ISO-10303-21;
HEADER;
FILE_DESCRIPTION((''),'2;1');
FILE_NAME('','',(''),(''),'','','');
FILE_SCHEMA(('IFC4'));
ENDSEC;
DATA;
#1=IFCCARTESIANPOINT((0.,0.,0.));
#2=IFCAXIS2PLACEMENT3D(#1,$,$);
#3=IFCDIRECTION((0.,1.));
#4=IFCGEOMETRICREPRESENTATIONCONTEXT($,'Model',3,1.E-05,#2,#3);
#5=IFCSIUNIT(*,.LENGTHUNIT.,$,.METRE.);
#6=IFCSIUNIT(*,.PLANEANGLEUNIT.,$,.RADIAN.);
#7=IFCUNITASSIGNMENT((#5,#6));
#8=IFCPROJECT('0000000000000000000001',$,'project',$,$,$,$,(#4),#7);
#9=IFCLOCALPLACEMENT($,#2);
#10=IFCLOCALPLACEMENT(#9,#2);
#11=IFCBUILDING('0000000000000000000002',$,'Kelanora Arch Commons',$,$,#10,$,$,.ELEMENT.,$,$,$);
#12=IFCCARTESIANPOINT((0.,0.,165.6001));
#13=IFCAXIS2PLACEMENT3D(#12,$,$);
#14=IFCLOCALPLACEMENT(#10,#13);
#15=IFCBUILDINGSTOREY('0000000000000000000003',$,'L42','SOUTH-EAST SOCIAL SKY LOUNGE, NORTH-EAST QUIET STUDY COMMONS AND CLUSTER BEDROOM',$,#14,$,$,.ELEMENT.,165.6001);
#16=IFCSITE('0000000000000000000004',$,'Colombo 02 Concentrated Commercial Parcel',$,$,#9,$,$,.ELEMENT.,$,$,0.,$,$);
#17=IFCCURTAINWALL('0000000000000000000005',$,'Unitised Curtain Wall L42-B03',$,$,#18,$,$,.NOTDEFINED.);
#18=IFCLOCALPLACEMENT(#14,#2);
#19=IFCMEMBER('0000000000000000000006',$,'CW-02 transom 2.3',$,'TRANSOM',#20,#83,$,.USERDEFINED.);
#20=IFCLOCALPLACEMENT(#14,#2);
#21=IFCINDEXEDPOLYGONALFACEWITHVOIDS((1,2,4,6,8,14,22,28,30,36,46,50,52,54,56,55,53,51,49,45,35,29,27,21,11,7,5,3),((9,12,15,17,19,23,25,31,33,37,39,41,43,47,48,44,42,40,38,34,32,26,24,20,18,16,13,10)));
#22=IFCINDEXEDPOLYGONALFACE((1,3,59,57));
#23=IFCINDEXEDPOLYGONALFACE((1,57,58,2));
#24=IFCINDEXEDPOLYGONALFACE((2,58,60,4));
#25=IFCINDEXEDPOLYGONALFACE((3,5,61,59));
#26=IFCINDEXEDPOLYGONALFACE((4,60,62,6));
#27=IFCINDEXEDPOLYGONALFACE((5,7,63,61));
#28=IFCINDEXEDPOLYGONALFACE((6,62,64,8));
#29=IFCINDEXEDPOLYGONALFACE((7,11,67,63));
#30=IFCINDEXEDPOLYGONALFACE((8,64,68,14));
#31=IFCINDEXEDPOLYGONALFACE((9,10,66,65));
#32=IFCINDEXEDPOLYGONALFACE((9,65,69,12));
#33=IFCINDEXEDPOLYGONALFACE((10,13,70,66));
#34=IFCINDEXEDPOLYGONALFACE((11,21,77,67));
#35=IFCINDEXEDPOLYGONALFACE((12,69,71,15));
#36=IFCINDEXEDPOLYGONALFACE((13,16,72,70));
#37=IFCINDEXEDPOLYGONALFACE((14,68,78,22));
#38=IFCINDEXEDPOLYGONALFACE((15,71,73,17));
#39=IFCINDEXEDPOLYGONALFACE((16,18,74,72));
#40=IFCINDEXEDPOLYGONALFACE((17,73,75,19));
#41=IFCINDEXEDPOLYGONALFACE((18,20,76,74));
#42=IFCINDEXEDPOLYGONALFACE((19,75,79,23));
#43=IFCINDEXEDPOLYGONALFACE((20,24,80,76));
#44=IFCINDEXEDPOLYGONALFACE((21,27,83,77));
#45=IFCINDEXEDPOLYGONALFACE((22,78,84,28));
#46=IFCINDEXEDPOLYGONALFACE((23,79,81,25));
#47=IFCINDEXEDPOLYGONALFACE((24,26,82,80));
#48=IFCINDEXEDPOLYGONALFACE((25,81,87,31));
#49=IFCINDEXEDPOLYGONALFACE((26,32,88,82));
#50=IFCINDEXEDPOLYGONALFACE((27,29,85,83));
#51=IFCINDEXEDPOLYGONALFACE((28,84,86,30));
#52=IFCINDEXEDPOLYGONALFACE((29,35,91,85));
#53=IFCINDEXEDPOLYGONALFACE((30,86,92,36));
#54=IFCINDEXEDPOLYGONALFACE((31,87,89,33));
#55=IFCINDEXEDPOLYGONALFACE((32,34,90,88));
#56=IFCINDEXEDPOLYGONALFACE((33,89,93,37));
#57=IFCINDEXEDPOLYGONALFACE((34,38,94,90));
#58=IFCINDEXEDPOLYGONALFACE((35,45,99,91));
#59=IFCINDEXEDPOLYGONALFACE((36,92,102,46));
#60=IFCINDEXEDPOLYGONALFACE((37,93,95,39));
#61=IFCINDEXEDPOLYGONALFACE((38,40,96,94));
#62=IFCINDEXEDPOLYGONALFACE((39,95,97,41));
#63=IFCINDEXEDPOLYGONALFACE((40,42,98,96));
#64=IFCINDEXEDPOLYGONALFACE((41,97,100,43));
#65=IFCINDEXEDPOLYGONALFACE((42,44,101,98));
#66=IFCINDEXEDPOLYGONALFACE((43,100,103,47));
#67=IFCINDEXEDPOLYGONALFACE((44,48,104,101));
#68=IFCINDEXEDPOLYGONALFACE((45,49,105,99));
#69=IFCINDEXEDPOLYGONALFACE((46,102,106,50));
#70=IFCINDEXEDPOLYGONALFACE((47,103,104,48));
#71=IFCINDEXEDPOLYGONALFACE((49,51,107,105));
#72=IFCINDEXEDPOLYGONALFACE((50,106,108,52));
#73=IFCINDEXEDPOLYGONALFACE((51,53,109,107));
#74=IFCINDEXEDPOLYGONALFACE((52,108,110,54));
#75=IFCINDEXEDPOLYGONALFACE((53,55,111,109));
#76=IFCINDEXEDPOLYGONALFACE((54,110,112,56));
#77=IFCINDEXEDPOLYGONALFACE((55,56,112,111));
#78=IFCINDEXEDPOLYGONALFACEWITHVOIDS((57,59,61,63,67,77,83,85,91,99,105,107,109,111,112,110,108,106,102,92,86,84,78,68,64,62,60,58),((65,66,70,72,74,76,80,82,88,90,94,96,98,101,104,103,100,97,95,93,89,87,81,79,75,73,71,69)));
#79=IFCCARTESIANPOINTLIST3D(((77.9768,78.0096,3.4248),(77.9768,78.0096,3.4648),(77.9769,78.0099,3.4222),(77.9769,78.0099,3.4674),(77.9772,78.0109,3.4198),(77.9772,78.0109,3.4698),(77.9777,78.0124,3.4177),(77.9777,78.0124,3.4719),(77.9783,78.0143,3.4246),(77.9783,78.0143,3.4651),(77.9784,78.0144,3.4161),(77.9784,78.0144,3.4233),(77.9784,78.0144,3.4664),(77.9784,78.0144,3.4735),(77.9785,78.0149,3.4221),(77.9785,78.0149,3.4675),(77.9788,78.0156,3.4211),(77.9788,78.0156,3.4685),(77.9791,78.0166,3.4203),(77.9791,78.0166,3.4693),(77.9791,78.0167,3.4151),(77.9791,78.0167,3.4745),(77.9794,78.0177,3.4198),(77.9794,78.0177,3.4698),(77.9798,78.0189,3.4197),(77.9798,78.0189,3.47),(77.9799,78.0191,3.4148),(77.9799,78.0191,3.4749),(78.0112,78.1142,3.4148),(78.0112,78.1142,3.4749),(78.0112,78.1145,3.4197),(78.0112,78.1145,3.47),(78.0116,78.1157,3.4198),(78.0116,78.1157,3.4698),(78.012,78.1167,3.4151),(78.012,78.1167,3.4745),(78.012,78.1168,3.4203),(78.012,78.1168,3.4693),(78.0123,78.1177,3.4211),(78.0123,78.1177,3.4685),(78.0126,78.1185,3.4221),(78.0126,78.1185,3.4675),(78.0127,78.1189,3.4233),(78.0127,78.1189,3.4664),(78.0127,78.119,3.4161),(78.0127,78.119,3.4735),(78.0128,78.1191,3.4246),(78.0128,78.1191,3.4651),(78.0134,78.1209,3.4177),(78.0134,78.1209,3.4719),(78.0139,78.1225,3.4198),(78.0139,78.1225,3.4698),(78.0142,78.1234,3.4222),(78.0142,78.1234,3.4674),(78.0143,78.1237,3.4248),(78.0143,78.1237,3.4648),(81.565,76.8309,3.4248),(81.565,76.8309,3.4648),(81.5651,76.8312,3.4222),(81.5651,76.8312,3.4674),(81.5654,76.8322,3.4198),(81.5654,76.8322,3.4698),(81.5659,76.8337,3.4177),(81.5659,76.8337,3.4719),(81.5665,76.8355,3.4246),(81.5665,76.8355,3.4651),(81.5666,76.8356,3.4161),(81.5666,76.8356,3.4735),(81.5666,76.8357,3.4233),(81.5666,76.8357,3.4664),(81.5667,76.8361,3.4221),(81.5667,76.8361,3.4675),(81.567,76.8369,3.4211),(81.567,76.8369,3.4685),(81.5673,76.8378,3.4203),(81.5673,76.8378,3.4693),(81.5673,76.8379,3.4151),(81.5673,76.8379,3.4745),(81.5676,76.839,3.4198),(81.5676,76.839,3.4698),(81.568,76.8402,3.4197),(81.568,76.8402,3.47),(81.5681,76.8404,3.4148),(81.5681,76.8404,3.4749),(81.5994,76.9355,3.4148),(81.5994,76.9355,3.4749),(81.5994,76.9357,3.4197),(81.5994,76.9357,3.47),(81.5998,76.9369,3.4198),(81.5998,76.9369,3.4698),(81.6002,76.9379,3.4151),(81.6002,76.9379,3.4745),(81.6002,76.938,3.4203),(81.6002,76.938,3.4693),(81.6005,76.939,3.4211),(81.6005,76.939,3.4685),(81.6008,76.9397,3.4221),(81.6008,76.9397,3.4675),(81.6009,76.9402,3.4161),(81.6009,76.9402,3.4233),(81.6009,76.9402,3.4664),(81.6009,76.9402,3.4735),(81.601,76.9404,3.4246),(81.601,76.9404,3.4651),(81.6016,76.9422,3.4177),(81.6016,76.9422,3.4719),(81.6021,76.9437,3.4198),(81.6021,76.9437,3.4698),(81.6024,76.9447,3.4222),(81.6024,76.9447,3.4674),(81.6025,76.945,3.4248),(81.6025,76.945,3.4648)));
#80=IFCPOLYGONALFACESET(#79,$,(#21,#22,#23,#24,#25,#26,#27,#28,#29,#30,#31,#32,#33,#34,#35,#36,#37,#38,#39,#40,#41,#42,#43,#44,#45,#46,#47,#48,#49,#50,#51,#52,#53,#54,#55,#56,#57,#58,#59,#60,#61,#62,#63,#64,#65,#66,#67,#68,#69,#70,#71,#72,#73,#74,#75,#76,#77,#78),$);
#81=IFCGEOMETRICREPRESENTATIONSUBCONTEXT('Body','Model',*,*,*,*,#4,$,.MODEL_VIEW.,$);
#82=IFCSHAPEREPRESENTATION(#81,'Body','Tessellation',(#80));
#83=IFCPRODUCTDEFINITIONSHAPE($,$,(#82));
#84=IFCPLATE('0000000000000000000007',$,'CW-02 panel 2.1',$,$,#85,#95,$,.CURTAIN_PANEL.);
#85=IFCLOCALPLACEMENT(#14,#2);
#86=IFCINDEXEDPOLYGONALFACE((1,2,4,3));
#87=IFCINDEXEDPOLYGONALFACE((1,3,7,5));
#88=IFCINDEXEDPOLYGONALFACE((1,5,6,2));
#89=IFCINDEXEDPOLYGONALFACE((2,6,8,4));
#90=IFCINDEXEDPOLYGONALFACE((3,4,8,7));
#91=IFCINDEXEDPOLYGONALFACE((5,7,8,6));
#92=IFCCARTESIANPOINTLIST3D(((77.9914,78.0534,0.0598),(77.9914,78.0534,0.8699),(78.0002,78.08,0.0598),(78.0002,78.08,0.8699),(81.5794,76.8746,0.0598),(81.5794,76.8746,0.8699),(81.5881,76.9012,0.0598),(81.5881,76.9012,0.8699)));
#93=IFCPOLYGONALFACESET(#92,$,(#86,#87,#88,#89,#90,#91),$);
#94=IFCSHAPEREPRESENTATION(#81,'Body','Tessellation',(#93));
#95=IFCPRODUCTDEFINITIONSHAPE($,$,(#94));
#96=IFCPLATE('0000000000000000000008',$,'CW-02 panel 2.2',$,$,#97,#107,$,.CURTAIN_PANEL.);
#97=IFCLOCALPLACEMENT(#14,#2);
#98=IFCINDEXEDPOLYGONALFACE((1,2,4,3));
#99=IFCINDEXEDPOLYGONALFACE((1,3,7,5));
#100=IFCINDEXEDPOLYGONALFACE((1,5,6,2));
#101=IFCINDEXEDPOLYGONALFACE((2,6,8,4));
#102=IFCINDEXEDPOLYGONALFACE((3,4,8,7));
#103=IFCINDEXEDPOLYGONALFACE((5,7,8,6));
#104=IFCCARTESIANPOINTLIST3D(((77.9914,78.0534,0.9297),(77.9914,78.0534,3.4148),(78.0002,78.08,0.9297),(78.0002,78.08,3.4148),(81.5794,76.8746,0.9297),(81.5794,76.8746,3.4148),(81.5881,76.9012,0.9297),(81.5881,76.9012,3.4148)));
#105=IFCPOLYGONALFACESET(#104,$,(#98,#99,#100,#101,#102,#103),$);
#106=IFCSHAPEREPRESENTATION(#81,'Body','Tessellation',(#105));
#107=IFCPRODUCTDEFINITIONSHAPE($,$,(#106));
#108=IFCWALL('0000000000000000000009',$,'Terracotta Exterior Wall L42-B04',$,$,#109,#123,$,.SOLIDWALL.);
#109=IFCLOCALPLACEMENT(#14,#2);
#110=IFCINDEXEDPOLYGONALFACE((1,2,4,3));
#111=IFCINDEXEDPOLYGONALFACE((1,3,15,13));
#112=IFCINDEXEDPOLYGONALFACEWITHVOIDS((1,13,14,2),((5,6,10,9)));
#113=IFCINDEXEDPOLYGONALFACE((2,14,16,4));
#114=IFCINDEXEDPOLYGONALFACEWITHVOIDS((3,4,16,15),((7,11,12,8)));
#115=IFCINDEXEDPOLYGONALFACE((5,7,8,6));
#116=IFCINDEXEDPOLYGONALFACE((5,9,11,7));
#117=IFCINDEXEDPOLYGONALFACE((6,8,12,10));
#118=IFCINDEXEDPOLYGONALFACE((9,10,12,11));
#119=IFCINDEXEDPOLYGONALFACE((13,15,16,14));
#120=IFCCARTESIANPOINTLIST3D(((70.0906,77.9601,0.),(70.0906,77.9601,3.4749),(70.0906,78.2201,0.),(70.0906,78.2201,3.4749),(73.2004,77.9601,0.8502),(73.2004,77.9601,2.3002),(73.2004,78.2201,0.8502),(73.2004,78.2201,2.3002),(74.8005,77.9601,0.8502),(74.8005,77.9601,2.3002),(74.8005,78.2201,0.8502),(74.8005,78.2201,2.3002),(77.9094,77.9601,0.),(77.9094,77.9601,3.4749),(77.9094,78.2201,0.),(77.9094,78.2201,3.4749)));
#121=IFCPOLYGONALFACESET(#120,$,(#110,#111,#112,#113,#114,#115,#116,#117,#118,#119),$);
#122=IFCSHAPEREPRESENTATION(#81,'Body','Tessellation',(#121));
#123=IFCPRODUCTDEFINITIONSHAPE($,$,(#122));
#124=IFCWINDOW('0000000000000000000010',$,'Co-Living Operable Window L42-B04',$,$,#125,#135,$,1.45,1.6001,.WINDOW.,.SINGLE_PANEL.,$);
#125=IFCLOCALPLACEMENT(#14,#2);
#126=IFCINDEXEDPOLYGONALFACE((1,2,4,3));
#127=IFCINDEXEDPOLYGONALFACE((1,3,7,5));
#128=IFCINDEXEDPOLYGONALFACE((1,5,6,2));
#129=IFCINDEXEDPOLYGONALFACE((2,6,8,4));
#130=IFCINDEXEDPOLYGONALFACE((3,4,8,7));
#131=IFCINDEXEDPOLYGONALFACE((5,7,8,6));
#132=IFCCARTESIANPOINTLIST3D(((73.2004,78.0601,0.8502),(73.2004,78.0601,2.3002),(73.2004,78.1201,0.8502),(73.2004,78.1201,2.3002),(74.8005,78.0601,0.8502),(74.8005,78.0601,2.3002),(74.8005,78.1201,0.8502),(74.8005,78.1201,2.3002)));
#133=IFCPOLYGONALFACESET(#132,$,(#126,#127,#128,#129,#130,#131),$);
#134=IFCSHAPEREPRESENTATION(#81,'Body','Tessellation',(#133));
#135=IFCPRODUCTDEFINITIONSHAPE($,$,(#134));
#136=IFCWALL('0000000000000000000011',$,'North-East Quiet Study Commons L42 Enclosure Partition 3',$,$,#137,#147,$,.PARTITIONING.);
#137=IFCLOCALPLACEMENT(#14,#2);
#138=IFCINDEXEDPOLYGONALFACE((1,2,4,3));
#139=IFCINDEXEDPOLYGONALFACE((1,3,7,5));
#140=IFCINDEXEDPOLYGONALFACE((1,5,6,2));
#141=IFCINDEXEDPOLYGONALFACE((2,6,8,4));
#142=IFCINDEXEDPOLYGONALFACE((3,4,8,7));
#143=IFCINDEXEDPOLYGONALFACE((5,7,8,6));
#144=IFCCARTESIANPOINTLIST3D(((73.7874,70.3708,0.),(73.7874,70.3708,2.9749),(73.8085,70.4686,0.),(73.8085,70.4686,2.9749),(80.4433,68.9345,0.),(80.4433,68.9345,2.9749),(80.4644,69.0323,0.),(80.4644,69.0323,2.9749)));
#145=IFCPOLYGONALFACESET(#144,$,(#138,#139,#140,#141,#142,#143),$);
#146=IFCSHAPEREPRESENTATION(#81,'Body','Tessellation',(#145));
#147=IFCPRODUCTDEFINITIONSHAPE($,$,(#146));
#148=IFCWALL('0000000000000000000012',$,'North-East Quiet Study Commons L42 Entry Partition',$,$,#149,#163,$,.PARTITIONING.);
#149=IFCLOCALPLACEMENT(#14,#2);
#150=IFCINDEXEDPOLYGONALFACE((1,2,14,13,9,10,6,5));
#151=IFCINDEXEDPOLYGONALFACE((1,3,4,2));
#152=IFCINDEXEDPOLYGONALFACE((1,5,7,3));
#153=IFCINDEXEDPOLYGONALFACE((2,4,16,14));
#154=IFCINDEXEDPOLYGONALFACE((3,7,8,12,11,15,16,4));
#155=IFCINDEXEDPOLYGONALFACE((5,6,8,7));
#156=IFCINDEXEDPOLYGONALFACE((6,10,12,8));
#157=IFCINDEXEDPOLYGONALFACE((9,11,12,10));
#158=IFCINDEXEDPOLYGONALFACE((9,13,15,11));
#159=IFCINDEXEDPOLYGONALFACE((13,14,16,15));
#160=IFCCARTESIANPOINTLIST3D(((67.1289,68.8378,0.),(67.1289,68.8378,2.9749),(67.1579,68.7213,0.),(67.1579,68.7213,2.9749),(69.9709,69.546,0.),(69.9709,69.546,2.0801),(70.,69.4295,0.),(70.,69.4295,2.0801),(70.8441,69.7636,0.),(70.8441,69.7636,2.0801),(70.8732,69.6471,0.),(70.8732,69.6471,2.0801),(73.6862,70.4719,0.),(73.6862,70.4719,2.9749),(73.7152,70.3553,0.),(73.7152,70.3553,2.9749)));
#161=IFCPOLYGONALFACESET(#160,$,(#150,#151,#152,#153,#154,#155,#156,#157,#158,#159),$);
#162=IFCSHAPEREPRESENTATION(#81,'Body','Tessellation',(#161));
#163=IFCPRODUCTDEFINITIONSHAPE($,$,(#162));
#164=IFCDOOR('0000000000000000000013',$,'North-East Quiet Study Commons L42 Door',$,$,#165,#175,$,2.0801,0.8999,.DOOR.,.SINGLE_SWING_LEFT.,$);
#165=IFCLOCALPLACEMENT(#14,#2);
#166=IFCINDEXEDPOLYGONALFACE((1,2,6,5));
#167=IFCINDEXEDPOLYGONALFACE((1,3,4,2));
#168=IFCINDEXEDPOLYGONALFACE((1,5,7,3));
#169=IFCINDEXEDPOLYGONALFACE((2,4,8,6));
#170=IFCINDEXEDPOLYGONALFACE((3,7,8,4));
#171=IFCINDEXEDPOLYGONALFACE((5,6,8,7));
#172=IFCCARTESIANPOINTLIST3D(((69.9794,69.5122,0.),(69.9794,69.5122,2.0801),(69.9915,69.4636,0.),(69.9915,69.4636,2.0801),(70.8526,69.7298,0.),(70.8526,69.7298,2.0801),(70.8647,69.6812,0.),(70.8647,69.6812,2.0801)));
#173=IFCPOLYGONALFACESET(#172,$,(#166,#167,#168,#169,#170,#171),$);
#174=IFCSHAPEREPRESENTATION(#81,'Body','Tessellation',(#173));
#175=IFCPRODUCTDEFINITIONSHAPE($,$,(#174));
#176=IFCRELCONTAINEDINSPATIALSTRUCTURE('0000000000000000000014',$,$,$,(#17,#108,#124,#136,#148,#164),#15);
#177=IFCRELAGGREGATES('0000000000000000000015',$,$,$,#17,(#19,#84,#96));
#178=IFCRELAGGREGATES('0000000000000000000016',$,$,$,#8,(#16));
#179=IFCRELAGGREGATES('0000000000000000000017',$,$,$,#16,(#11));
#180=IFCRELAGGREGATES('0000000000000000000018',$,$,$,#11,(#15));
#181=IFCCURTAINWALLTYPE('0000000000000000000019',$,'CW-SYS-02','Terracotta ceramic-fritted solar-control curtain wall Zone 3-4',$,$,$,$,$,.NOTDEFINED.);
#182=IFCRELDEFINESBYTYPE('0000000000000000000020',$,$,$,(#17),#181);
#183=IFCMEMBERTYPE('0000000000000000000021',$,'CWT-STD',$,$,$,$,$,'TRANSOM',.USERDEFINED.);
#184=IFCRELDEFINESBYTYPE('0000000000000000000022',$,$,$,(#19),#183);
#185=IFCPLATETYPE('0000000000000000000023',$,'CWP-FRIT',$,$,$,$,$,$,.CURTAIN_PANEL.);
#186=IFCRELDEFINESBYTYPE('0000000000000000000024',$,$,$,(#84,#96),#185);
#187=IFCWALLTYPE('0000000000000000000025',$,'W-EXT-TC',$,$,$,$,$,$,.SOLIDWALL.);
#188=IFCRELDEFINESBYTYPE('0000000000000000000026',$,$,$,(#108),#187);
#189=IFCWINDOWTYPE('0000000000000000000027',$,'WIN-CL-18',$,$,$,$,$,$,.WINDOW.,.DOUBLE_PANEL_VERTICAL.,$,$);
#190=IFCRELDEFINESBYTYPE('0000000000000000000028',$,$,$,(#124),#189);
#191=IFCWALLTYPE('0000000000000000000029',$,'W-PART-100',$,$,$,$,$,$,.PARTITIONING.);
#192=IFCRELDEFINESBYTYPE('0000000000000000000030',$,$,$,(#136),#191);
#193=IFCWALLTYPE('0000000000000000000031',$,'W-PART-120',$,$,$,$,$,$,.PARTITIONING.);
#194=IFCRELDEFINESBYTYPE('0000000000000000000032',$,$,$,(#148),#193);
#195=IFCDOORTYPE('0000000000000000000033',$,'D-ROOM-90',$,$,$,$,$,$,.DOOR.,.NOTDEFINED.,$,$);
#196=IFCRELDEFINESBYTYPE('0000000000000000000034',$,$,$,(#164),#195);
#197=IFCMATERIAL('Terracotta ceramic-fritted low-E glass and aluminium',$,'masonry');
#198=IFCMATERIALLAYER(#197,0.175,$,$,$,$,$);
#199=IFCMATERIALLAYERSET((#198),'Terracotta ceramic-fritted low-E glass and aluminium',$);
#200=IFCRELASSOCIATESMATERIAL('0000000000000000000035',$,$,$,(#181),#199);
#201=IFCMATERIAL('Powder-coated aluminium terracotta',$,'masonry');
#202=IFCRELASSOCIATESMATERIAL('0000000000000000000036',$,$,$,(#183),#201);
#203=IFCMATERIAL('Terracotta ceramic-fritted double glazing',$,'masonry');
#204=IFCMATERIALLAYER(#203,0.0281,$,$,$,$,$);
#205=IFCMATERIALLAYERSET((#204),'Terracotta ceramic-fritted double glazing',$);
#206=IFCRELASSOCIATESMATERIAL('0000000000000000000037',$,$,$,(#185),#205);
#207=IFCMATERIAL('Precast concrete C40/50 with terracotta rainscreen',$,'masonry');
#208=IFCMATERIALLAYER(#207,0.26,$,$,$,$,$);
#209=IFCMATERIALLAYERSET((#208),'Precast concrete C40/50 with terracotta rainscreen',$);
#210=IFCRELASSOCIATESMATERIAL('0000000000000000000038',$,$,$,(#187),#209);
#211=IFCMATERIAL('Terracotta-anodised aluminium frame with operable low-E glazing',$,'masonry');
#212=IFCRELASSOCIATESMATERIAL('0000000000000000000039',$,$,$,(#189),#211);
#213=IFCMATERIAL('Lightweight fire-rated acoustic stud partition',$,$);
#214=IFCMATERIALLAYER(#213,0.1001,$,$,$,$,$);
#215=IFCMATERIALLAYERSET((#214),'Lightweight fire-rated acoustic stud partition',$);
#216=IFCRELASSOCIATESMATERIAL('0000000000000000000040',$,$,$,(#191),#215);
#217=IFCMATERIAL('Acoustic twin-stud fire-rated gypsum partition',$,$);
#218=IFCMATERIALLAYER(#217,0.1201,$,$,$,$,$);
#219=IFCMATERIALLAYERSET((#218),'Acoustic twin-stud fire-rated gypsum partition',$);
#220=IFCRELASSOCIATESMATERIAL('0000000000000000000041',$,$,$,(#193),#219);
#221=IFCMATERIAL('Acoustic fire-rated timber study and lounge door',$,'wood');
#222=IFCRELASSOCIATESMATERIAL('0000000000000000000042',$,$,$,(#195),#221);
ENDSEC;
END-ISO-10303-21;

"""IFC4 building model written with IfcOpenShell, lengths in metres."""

from ifc_helpers import new_model, si_unit, direction, frame, frame_2d, origin, origin_2d, place, context, subcontext, project, spatial, rectangle, hollow_rectangle, extrude, source, transform, mapped, material, layer, layer_set, material_profile, profile_set, type_object, element, fill, aggregate, save


model = new_model("IFC4")

# Units and contexts
model_context = context("Model", 3, precision=1e-05, world=origin(), true_north=direction((0.0, 1.0)))
body_context = subcontext(model_context, "Body", "Model", "MODEL_VIEW")
ifc_project = project(units=[si_unit("LENGTHUNIT", "METRE"), si_unit("PLANEANGLEUNIT", "RADIAN")], contexts=[model_context])

# Site, building, storey
site_placement = place(None, origin())
site = spatial("IfcSite", under=ifc_project, at=site_placement, Name="Colombo 02 Concentrated Commercial Parcel", CompositionType="ELEMENT", RefElevation=0.0)
building_placement = place(site_placement, origin())
building = spatial("IfcBuilding", under=site, at=building_placement, Name="Kelanora Arch Commons", CompositionType="ELEMENT")
storey_placement = place(building_placement, frame((0.0, 0.0, 165.6001)))
storey = spatial("IfcBuildingStorey", under=building, at=storey_placement, Name="L42", Description="SOUTH-EAST SOCIAL SKY LOUNGE, NORTH-EAST QUIET STUDY COMMONS AND CLUSTER BEDROOM", CompositionType="ELEMENT", Elevation=165.6001)

# Curtain wall, member, plates
ifc_material_1 = material(Name="Terracotta ceramic-fritted low-E glass and aluminium", Category="masonry")
ifc_layer_1 = layer(ifc_material_1, 0.175)
ifc_layer_set_1 = layer_set([ifc_layer_1], Name="Terracotta ceramic-fritted low-E glass and aluminium")
curtain_wall_type = type_object("IfcCurtainWallType", Name="CW-SYS-02", Description="Terracotta ceramic-fritted solar-control curtain wall Zone 3-4", PredefinedType="NOTDEFINED", material=ifc_layer_set_1)
curtain_wall_placement = place(storey_placement, origin())
curtain_wall = element("IfcCurtainWall", 1, at=curtain_wall_placement, inside=storey, type_object=curtain_wall_type, Name="Unitised Curtain Wall L42-B03", PredefinedType="NOTDEFINED")
ifc_material_2 = material(Name="Powder-coated aluminium terracotta", Category="masonry")
ifc_material_profile_1 = material_profile(ifc_material_2, hollow_rectangle(XDim=0.1201, YDim=0.0601, WallThickness=0.0049, InnerFilletRadius=0.0049, OuterFilletRadius=0.01, at=origin_2d()), Name="CWT120x60")
ifc_profile_set_1 = profile_set([ifc_material_profile_1], Name="Powder-coated aluminium terracotta")
member_type_1 = type_object("IfcMemberType", Name="CWT-STD", ElementType="TRANSOM", PredefinedType="USERDEFINED", material=ifc_profile_set_1)
member_1_placement = place(storey_placement, frame((81.5837, 76.8879, 3.4448), z_axis=(-0.950051, 0.312094, 0.0), x_axis=(-0.312094, -0.950051, 0.0)))
member_1 = element("IfcMember", 2, at=member_1_placement, type_object=member_type_1, Name="CW-02 transom 2.3", ObjectType="TRANSOM", PredefinedType="USERDEFINED", context=body_context, shape_type="SweptSolid", body=[
    extrude(hollow_rectangle(XDim=0.1201, YDim=0.0601, WallThickness=0.0049, InnerFilletRadius=0.0049, OuterFilletRadius=0.01, at=origin_2d()), origin(), (0.0, 0.0, 1.0), 3.7769),
])
ifc_material_3 = material(Name="Terracotta ceramic-fritted double glazing", Category="masonry")
ifc_layer_2 = layer(ifc_material_3, 0.0281)
ifc_layer_set_2 = layer_set([ifc_layer_2], Name="Terracotta ceramic-fritted double glazing")
plate_type = type_object("IfcPlateType", Name="CWP-FRIT", PredefinedType="CURTAIN_PANEL", material=ifc_layer_set_2)
shared_shape_1 = source(origin(), body_context, "Body", "SweptSolid", [
    extrude(rectangle(XDim=3.7766, YDim=0.0281, at=origin_2d()), origin(), (0.0, 0.0, 1.0), 0.8101),
])
plate_1_placement = place(storey_placement, frame((79.7898, 77.4773, 0.0598), z_axis=(0.0, 0.0, 1.0), x_axis=(-0.95004, 0.312128, 0.0)))
plate_1 = element("IfcPlate", 3, at=plate_1_placement, type_object=plate_type, Name="CW-02 panel 2.1", PredefinedType="CURTAIN_PANEL", context=body_context, shape_type="MappedRepresentation", body=[
    mapped(shared_shape_1, transform((0.0, 0.0, 0.0), scale=1.0)),
])
shared_shape_2 = source(origin(), body_context, "Body", "SweptSolid", [
    extrude(rectangle(XDim=3.7766, YDim=0.0281, at=origin_2d()), origin(), (0.0, 0.0, 1.0), 2.4851),
])
plate_2_placement = place(storey_placement, frame((79.7898, 77.4773, 0.9297), z_axis=(0.0, 0.0, 1.0), x_axis=(-0.95004, 0.312128, 0.0)))
plate_2 = element("IfcPlate", 4, at=plate_2_placement, type_object=plate_type, Name="CW-02 panel 2.2", PredefinedType="CURTAIN_PANEL", context=body_context, shape_type="MappedRepresentation", body=[
    mapped(shared_shape_2, transform((0.0, 0.0, 0.0), scale=1.0)),
])
aggregate(curtain_wall, [member_1, plate_1, plate_2])

# Wall, opening, window
ifc_material_4 = material(Name="Precast concrete C40/50 with terracotta rainscreen", Category="masonry")
ifc_layer_3 = layer(ifc_material_4, 0.26)
ifc_layer_set_3 = layer_set([ifc_layer_3], Name="Precast concrete C40/50 with terracotta rainscreen")
wall_type_1 = type_object("IfcWallType", Name="W-EXT-TC", PredefinedType="SOLIDWALL", material=ifc_layer_set_3)
wall_1_placement = place(storey_placement, frame((77.9094, 78.0901, 0.0), z_axis=(0.0, 0.0, 1.0), x_axis=(-1.0, 0.0, 0.0)))
wall_1 = element("IfcWall", 5, at=wall_1_placement, inside=storey, type_object=wall_type_1, Name="Terracotta Exterior Wall L42-B04", PredefinedType="SOLIDWALL", context=body_context, shape_type="SweptSolid", body=[
    extrude(rectangle(XDim=7.8188, YDim=0.26, at=frame_2d((3.9094, 0.0))), origin(), (0.0, 0.0, 1.0), 3.4749),
])
opening_1_placement = place(wall_1_placement, frame((3.1089, 0.0, 0.8501)))
opening_1 = element("IfcOpeningElement", 6, at=opening_1_placement, cuts=wall_1, PredefinedType="OPENING", context=body_context, shape_type="SweptSolid", body=[
    extrude(rectangle(XDim=1.6001, YDim=1.45, at=frame_2d((0.8, 0.7251))), frame((0.0, 0.1401, 0.0), z_axis=(0.0, -1.0, 0.0), x_axis=(1.0, 0.0, 0.0)), (0.0, 0.0, 1.0), 0.28),
])
ifc_material_5 = material(Name="Terracotta-anodised aluminium frame with operable low-E glazing", Category="masonry")
window_type = type_object("IfcWindowType", Name="WIN-CL-18", PartitioningType="DOUBLE_PANEL_VERTICAL", PredefinedType="WINDOW", material=ifc_material_5)
window_placement = place(opening_1_placement, origin())
window = element("IfcWindow", 7, at=window_placement, inside=storey, type_object=window_type, Name="Co-Living Operable Window L42-B04", OverallHeight=1.45, OverallWidth=1.6001, PartitioningType="SINGLE_PANEL", PredefinedType="WINDOW", context=body_context, shape_type="SweptSolid", body=[
    extrude(rectangle(XDim=1.6001, YDim=1.45, at=frame_2d((0.8, 0.7251))), frame((0.0, 0.03, 0.0), z_axis=(0.0, -1.0, 0.0), x_axis=(1.0, 0.0, 0.0)), (0.0, 0.0, 1.0), 0.0601),
])
fill(opening_1, window)

# Wall
ifc_material_6 = material(Name="Lightweight fire-rated acoustic stud partition")
ifc_layer_4 = layer(ifc_material_6, 0.1001)
ifc_layer_set_4 = layer_set([ifc_layer_4], Name="Lightweight fire-rated acoustic stud partition")
wall_type_2 = type_object("IfcWallType", Name="W-PART-100", PredefinedType="PARTITIONING", material=ifc_layer_set_4)
wall_2_placement = place(storey_placement, frame((80.4539, 68.9834, 0.0), z_axis=(0.0, 0.0, 1.0), x_axis=(-0.977499, 0.210939, 0.0)))
element("IfcWall", 8, at=wall_2_placement, inside=storey, type_object=wall_type_2, Name="North-East Quiet Study Commons L42 Enclosure Partition 3", PredefinedType="PARTITIONING", context=body_context, shape_type="SweptSolid", body=[
    extrude(rectangle(XDim=6.8091, YDim=0.1001, at=frame_2d((3.4045, 0.0))), origin(), (0.0, 0.0, 1.0), 2.9749),
])

# Wall, opening, door
ifc_material_7 = material(Name="Acoustic twin-stud fire-rated gypsum partition")
ifc_layer_5 = layer(ifc_material_7, 0.1201)
ifc_layer_set_5 = layer_set([ifc_layer_5], Name="Acoustic twin-stud fire-rated gypsum partition")
wall_type_3 = type_object("IfcWallType", Name="W-PART-120", PredefinedType="PARTITIONING", material=ifc_layer_set_5)
wall_3_placement = place(storey_placement, frame((73.7007, 70.4136, 0.0), z_axis=(0.0, 0.0, 1.0), x_axis=(-0.970327, -0.241796, 0.0)))
wall_3 = element("IfcWall", 9, at=wall_3_placement, inside=storey, type_object=wall_type_3, Name="North-East Quiet Study Commons L42 Entry Partition", PredefinedType="PARTITIONING", context=body_context, shape_type="SweptSolid", body=[
    extrude(rectangle(XDim=6.7578, YDim=0.1201, at=frame_2d((3.3789, 0.0))), origin(), (0.0, 0.0, 1.0), 2.9749),
])
opening_2_placement = place(wall_3_placement, frame((2.929, 0.0, 0.0)))
opening_2 = element("IfcOpeningElement", 10, at=opening_2_placement, cuts=wall_3, PredefinedType="OPENING", context=body_context, shape_type="SweptSolid", body=[
    extrude(rectangle(XDim=0.8999, YDim=2.0801, at=frame_2d((0.45, 1.04))), frame((0.0, 0.0701, 0.0), z_axis=(0.0, -1.0, 0.0), x_axis=(1.0, 0.0, 0.0)), (0.0, 0.0, 1.0), 0.1401),
])
ifc_material_8 = material(Name="Acoustic fire-rated timber study and lounge door", Category="wood")
door_type = type_object("IfcDoorType", Name="D-ROOM-90", OperationType="NOTDEFINED", PredefinedType="DOOR", material=ifc_material_8)
door_placement = place(opening_2_placement, origin())
door = element("IfcDoor", 11, at=door_placement, inside=storey, type_object=door_type, Name="North-East Quiet Study Commons L42 Door", OperationType="SINGLE_SWING_LEFT", OverallHeight=2.0801, OverallWidth=0.8999, PredefinedType="DOOR", context=body_context, shape_type="SweptSolid", body=[
    extrude(rectangle(XDim=0.8999, YDim=2.0801, at=frame_2d((0.45, 1.04))), frame((0.0, 0.0249, 0.0), z_axis=(0.0, -1.0, 0.0), x_axis=(1.0, 0.0, 0.0)), (0.0, 0.0, 1.0), 0.05),
])
fill(opening_2, door)

save(model, "model.ifc")
